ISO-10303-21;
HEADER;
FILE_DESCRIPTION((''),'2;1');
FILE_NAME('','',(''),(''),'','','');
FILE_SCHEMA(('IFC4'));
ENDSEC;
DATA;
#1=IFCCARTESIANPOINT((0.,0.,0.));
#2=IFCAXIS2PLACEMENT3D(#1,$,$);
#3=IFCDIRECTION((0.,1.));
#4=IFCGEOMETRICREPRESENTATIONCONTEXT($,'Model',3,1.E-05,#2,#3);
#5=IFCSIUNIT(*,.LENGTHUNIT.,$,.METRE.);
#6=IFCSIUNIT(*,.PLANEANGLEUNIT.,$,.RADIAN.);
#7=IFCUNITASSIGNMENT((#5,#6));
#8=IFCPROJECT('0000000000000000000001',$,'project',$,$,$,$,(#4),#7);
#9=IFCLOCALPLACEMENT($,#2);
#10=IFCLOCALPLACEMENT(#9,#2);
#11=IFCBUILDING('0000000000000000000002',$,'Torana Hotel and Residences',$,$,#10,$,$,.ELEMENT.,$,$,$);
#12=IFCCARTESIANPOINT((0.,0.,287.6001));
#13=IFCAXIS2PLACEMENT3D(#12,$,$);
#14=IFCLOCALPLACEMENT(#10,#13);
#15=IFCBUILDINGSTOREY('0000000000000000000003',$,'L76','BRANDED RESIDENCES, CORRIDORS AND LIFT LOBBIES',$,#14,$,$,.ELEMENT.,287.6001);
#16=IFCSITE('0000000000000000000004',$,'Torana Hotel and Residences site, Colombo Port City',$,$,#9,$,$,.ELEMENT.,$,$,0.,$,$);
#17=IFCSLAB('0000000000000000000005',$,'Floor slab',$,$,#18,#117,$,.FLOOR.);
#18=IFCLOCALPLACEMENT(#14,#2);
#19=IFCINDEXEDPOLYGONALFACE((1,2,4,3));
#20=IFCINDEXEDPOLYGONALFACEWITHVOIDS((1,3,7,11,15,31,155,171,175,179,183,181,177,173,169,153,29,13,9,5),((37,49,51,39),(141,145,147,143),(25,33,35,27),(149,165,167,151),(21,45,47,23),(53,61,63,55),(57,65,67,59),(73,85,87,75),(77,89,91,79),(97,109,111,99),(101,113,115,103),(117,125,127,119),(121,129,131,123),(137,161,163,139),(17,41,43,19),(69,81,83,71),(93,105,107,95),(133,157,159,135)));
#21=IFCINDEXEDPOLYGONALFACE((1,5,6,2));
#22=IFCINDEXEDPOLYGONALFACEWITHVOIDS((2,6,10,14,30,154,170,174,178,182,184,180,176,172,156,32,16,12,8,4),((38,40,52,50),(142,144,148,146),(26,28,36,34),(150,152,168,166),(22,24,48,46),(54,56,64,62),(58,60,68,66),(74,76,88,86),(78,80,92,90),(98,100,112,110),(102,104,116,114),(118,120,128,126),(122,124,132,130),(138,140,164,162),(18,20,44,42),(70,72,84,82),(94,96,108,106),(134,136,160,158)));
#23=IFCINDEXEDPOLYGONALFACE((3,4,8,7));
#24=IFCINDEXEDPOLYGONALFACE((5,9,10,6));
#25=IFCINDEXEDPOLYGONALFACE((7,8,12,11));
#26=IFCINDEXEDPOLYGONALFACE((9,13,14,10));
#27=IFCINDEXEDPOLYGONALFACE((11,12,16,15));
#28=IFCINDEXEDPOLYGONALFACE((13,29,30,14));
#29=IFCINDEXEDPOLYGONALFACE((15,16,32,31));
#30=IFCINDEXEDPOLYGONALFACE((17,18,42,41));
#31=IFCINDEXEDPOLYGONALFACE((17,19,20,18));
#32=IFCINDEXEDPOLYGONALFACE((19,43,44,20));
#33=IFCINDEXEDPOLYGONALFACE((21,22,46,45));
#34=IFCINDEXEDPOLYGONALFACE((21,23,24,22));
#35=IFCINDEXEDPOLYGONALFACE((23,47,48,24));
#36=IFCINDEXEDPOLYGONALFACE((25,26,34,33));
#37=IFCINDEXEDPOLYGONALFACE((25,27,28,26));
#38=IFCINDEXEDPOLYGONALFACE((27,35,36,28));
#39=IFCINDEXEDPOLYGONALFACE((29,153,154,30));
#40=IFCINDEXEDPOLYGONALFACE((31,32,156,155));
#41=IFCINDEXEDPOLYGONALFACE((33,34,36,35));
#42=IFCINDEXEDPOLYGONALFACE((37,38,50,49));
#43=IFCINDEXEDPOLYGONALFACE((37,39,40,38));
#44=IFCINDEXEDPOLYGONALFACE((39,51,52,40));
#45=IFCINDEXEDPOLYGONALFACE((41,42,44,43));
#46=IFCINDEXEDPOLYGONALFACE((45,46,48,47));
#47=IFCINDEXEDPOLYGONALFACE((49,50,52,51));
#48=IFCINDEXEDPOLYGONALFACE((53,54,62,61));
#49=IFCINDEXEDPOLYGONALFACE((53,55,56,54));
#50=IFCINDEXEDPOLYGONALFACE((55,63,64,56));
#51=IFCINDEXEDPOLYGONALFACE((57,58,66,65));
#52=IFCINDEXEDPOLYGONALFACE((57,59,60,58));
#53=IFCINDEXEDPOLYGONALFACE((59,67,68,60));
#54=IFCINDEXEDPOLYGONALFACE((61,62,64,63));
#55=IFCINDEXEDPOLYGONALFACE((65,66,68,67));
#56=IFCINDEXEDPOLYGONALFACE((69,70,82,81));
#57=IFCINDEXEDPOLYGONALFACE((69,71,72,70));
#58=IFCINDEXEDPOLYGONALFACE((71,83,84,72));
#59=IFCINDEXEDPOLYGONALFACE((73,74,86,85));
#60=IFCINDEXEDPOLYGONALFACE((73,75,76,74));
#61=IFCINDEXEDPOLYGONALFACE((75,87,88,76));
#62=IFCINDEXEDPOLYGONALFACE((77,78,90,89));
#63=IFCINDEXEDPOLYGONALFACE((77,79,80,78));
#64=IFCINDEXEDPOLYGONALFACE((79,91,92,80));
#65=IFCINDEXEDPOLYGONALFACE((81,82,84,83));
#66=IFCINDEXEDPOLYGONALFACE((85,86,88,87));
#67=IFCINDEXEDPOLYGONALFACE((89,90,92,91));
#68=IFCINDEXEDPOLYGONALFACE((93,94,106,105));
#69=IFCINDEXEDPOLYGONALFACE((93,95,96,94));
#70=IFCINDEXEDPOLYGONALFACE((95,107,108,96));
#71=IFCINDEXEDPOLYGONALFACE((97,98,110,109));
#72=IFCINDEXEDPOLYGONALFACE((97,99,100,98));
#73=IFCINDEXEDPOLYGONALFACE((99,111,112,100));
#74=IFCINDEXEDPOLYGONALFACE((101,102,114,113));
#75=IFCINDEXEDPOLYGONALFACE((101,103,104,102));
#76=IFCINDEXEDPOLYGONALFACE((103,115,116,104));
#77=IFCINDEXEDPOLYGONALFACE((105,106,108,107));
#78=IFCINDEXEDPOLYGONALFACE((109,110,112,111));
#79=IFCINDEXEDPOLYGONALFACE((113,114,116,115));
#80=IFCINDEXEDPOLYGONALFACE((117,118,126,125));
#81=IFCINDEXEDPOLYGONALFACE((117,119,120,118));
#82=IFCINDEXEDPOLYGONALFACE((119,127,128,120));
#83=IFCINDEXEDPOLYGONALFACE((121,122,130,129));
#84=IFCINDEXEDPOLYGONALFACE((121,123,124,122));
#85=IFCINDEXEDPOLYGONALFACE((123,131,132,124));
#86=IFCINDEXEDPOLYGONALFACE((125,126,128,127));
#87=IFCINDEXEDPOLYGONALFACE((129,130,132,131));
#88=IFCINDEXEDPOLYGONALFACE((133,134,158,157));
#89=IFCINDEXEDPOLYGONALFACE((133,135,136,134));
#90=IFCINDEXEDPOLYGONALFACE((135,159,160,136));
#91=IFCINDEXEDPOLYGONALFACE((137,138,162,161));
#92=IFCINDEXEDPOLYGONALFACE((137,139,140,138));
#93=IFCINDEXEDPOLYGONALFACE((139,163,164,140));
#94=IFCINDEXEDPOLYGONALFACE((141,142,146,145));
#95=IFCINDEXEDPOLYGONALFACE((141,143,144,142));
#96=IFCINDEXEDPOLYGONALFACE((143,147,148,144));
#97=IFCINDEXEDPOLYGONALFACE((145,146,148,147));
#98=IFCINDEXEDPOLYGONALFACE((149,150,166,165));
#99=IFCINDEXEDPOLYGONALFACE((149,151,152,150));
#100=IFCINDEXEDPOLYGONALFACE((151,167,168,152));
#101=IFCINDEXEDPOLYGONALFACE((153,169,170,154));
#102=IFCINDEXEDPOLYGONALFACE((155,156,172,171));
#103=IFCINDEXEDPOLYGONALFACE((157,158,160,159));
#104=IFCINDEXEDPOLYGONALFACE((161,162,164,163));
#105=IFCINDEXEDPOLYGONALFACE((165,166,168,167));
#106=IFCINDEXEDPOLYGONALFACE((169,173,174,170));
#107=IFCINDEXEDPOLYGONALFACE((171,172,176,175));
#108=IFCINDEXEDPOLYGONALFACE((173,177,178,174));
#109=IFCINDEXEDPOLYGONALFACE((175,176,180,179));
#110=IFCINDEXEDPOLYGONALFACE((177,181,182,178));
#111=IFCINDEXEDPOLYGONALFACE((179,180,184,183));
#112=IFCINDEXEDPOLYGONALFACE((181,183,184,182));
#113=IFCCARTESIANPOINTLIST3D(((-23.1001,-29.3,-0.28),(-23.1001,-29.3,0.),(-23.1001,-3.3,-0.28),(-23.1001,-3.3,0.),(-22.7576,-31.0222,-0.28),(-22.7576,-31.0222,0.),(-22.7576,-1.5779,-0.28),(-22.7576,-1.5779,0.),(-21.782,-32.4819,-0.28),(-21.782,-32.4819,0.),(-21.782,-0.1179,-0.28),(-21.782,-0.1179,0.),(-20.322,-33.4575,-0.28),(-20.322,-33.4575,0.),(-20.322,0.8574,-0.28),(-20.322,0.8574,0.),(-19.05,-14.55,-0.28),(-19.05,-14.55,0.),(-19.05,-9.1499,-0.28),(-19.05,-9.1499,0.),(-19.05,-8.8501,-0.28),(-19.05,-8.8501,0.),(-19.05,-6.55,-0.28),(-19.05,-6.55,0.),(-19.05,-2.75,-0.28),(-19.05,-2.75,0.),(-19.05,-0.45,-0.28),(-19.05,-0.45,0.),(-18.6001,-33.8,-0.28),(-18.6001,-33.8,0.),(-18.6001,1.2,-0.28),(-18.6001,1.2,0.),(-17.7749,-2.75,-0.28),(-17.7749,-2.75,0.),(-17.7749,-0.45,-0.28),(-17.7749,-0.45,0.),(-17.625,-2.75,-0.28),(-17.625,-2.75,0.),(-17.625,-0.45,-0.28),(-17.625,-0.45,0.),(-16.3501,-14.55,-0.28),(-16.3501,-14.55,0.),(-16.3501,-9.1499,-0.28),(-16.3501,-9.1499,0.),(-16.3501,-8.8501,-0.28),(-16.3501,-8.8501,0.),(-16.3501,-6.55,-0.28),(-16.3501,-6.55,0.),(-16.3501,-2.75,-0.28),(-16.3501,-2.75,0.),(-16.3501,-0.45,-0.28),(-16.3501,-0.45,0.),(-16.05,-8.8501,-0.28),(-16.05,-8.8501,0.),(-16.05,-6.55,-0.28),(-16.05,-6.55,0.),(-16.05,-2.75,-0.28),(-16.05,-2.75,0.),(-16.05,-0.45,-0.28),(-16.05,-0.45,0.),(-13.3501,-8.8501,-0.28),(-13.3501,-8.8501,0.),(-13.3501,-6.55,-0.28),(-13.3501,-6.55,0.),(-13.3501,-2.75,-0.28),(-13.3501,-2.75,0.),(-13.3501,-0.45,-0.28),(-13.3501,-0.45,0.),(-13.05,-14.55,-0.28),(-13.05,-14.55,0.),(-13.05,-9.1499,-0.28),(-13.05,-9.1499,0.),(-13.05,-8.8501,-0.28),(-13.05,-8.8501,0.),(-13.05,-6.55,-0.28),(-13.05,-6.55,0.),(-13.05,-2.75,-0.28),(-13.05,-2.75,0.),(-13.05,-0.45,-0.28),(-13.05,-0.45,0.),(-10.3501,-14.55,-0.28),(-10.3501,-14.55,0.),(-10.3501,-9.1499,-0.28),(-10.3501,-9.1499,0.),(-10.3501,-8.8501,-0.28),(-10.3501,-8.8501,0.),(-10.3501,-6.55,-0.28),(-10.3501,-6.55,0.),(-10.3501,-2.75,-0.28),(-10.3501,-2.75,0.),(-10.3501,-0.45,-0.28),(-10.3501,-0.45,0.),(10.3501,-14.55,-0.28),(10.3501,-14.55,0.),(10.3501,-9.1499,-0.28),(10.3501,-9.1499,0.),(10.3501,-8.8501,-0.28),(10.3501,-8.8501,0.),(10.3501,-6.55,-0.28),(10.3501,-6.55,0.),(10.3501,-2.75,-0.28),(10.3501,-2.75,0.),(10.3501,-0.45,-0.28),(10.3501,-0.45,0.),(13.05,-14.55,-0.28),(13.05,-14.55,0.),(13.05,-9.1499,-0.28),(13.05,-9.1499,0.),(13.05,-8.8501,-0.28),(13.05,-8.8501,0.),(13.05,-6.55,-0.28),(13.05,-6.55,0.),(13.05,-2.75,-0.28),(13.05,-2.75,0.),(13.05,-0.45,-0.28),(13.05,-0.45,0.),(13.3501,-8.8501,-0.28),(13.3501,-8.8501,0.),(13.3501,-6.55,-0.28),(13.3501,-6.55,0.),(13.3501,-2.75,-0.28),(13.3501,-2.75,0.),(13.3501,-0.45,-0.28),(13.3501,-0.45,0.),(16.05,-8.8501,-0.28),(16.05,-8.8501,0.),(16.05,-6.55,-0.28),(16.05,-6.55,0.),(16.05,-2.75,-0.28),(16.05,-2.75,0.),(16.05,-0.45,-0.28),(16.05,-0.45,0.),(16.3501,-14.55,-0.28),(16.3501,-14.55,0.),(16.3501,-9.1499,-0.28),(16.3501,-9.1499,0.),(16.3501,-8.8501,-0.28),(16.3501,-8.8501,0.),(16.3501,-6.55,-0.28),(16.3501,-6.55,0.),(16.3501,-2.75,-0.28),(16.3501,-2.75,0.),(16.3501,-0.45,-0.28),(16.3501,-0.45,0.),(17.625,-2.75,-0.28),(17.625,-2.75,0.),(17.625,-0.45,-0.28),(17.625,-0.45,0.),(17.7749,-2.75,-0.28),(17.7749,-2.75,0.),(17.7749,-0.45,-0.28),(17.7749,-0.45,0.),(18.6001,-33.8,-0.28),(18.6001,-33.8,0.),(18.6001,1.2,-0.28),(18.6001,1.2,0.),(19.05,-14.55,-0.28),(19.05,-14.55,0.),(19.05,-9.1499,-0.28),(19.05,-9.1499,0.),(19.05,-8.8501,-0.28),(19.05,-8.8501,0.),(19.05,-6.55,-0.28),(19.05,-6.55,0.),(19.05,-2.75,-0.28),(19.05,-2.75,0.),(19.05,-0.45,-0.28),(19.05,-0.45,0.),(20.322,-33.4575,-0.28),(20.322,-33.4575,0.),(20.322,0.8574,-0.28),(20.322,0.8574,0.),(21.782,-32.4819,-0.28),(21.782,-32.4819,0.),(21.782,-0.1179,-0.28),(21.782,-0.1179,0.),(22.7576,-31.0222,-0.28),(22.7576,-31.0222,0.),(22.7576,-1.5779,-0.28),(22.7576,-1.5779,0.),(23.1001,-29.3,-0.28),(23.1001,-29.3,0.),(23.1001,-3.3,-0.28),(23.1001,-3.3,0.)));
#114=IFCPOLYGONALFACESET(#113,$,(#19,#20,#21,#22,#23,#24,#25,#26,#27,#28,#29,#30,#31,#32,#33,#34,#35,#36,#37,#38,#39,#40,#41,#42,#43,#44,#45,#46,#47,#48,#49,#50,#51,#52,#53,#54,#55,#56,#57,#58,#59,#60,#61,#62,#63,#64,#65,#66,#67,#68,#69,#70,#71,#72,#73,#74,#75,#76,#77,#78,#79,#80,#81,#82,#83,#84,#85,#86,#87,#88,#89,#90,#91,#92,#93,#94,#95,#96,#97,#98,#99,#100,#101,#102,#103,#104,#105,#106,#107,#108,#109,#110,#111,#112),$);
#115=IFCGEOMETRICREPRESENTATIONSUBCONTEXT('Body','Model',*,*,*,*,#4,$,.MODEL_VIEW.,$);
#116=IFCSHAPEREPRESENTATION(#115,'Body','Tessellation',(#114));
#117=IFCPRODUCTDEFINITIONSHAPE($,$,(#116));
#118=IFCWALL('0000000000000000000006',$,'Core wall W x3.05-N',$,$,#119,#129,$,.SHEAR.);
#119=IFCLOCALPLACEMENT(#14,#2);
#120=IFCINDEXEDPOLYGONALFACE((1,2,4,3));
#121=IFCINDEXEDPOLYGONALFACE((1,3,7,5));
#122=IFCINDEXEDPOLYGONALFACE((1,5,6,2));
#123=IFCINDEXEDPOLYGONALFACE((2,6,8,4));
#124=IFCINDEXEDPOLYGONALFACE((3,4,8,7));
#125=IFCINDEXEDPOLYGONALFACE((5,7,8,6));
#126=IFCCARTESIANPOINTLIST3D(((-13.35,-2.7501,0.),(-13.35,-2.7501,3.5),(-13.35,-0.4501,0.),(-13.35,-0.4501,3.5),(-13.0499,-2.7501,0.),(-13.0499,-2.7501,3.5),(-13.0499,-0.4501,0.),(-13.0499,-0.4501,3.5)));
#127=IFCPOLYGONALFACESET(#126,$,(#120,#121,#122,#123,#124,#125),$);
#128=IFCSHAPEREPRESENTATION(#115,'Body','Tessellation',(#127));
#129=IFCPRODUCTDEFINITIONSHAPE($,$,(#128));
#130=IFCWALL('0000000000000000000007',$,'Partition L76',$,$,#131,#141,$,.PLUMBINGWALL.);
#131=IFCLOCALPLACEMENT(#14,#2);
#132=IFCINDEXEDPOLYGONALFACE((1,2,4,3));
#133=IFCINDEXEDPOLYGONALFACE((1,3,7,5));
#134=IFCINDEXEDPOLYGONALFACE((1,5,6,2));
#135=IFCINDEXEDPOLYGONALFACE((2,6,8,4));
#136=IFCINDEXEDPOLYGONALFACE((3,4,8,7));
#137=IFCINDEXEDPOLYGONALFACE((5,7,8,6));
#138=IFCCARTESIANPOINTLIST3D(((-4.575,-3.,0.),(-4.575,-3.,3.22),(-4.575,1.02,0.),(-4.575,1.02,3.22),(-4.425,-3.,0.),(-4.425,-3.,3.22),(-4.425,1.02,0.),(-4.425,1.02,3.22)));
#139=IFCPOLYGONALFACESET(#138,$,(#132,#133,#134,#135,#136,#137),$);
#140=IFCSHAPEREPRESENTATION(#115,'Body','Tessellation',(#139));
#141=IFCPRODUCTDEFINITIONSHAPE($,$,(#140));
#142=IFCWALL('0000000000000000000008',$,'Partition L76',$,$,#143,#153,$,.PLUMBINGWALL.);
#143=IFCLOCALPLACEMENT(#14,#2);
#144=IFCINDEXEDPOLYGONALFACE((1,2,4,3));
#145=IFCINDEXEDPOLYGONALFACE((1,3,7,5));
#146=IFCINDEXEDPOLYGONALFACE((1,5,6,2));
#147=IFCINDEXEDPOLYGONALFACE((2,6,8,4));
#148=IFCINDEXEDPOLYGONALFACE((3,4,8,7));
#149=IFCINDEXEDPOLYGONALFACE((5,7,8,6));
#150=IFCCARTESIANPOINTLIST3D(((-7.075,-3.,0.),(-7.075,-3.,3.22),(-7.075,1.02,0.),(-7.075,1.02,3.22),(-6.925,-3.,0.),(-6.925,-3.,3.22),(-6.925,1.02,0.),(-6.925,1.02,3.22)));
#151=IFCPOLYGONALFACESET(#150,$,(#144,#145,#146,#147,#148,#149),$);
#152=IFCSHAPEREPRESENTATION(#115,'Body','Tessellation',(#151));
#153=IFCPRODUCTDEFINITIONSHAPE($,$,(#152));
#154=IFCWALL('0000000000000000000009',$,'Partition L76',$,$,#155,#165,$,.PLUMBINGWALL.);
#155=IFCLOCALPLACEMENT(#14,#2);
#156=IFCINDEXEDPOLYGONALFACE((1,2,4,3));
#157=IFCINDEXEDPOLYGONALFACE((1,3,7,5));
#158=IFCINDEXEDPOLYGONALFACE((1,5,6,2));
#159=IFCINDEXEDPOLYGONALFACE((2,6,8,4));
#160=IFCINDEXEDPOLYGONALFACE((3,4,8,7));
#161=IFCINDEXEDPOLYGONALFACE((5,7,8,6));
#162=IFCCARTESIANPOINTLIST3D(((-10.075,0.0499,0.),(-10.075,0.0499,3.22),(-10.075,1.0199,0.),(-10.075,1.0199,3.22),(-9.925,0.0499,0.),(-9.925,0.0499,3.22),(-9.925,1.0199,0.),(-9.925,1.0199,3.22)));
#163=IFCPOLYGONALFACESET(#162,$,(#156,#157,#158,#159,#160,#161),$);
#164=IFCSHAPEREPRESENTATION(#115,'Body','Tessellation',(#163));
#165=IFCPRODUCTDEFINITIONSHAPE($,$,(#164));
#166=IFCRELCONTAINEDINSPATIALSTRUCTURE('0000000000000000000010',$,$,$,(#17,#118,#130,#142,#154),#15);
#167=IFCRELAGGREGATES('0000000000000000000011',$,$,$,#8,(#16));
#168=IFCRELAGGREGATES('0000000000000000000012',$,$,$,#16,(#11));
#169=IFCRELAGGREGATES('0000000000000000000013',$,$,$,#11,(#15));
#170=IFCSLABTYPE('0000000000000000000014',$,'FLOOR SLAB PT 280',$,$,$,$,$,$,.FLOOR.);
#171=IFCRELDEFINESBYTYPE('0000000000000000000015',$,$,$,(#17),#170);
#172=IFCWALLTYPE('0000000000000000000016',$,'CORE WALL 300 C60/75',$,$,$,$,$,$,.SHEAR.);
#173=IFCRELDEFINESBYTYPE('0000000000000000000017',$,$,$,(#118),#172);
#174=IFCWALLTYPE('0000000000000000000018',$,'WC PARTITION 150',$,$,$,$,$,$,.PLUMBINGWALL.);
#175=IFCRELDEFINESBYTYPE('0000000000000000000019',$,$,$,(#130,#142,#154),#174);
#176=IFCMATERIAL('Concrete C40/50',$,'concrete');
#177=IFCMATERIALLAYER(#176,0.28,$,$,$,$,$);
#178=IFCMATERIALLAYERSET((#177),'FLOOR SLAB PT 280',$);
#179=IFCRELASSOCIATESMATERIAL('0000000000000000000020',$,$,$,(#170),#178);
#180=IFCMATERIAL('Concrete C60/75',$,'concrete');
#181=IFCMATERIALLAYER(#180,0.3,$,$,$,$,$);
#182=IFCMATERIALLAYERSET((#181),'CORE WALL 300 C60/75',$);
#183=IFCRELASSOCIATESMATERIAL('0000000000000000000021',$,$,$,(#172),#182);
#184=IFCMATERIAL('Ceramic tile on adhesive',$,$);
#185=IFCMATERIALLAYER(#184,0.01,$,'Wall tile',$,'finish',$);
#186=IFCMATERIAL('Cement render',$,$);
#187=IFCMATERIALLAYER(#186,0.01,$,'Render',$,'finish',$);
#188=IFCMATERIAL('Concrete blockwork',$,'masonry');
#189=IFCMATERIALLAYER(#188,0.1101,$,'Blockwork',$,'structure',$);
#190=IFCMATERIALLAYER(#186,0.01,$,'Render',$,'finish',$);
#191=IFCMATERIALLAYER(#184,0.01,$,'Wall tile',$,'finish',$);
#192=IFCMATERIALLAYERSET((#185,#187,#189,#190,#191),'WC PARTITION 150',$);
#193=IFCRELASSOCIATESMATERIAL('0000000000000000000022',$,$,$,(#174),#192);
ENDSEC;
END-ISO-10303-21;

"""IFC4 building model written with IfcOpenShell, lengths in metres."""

from ifc_helpers import new_model, si_unit, direction, frame, frame_2d, origin, place, context, subcontext, project, spatial, polyline, rectangle, outline, extrude, material, layer, layer_set, type_object, element, save


model = new_model("IFC4")

# Units and contexts
model_context = context("Model", 3, precision=1e-05, world=origin(), true_north=direction((0.0, 1.0)))
body_context = subcontext(model_context, "Body", "Model", "MODEL_VIEW")
ifc_project = project(units=[si_unit("LENGTHUNIT", "METRE"), si_unit("PLANEANGLEUNIT", "RADIAN")], contexts=[model_context])

# Site, building, storey
site_placement = place(None, origin())
site = spatial("IfcSite", under=ifc_project, at=site_placement, Name="Torana Hotel and Residences site, Colombo Port City", CompositionType="ELEMENT", RefElevation=0.0)
building_placement = place(site_placement, origin())
building = spatial("IfcBuilding", under=site, at=building_placement, Name="Torana Hotel and Residences", CompositionType="ELEMENT")
storey_placement = place(building_placement, frame((0.0, 0.0, 287.6001)))
storey = spatial("IfcBuildingStorey", under=building, at=storey_placement, Name="L76", Description="BRANDED RESIDENCES, CORRIDORS AND LIFT LOBBIES", CompositionType="ELEMENT", Elevation=287.6001)

# Slab
ifc_material_1 = material(Name="Concrete C40/50", Category="concrete")
ifc_layer_1 = layer(ifc_material_1, 0.28)
ifc_layer_set_1 = layer_set([ifc_layer_1], Name="FLOOR SLAB PT 280")
slab_type_1 = type_object("IfcSlabType", Name="FLOOR SLAB PT 280", PredefinedType="FLOOR", material=ifc_layer_set_1)
slab_1_placement = place(storey_placement, frame((0.0, 0.0, -0.28)))
element("IfcSlab", 1, at=slab_1_placement, inside=storey, type_object=slab_type_1, Name="Floor slab", PredefinedType="FLOOR", context=body_context, shape_type="SweptSolid", body=[
    extrude(outline(polyline([(23.1001, -3.3), (22.7576, -1.5779), (21.782, -0.1179), (20.322, 0.8574), (18.6001, 1.2), (-18.6001, 1.2), (-20.322, 0.8574), (-21.782, -0.1179), (-22.7576, -1.5779), (-23.1001, -3.3), (-23.1001, -29.3), (-22.7576, -31.0222), (-21.782, -32.4819), (-20.322, -33.4575), (-18.6001, -33.8), (18.6001, -33.8), (20.322, -33.4575), (21.782, -32.4819), (22.7576, -31.0222), (23.1001, -29.3), (23.1001, -3.3)]), holes=[polyline([(-13.05, -14.55), (-10.3501, -14.55), (-10.3501, -9.1499), (-13.05, -9.1499), (-13.05, -14.55)]), polyline([(-19.05, -14.55), (-16.3501, -14.55), (-16.3501, -9.1499), (-19.05, -9.1499), (-19.05, -14.55)]), polyline([(-17.625, -2.75), (-16.3501, -2.75), (-16.3501, -0.45), (-17.625, -0.45), (-17.625, -2.75)]), polyline([(-19.05, -2.75), (-17.7749, -2.75), (-17.7749, -0.45), (-19.05, -0.45), (-19.05, -2.75)]), polyline([(-13.05, -2.75), (-10.3501, -2.75), (-10.3501, -0.45), (-13.05, -0.45), (-13.05, -2.75)]), polyline([(-16.05, -2.75), (-13.3501, -2.75), (-13.3501, -0.45), (-16.05, -0.45), (-16.05, -2.75)]), polyline([(-13.05, -8.8501), (-10.3501, -8.8501), (-10.3501, -6.55), (-13.05, -6.55), (-13.05, -8.8501)]), polyline([(-16.05, -8.8501), (-13.3501, -8.8501), (-13.3501, -6.55), (-16.05, -6.55), (-16.05, -8.8501)]), polyline([(-19.05, -8.8501), (-16.3501, -8.8501), (-16.3501, -6.55), (-19.05, -6.55), (-19.05, -8.8501)]), polyline([(10.3501, -14.55), (13.05, -14.55), (13.05, -9.1499), (10.3501, -9.1499), (10.3501, -14.55)]), polyline([(16.3501, -14.55), (19.05, -14.55), (19.05, -9.1499), (16.3501, -9.1499), (16.3501, -14.55)]), polyline([(16.3501, -2.75), (17.625, -2.75), (17.625, -0.45), (16.3501, -0.45), (16.3501, -2.75)]), polyline([(17.7749, -2.75), (19.05, -2.75), (19.05, -0.45), (17.7749, -0.45), (17.7749, -2.75)]), polyline([(10.3501, -2.75), (13.05, -2.75), (13.05, -0.45), (10.3501, -0.45), (10.3501, -2.75)]), polyline([(13.3501, -2.75), (16.05, -2.75), (16.05, -0.45), (13.3501, -0.45), (13.3501, -2.75)]), polyline([(10.3501, -8.8501), (13.05, -8.8501), (13.05, -6.55), (10.3501, -6.55), (10.3501, -8.8501)]), polyline([(13.3501, -8.8501), (16.05, -8.8501), (16.05, -6.55), (13.3501, -6.55), (13.3501, -8.8501)]), polyline([(16.3501, -8.8501), (19.05, -8.8501), (19.05, -6.55), (16.3501, -6.55), (16.3501, -8.8501)])]), origin(), (0.0, 0.0, 1.0), 0.28),
])

# Walls
ifc_material_2 = material(Name="Concrete C60/75", Category="concrete")
ifc_layer_2 = layer(ifc_material_2, 0.3)
ifc_layer_set_2 = layer_set([ifc_layer_2], Name="CORE WALL 300 C60/75")
wall_type_1 = type_object("IfcWallType", Name="CORE WALL 300 C60/75", PredefinedType="SHEAR", material=ifc_layer_set_2)
wall_1_placement = place(storey_placement, frame((-13.2, -2.75, 0.0), z_axis=(0.0, 0.0, 1.0), x_axis=(0.0, 1.0, 0.0)))
element("IfcWall", 2, at=wall_1_placement, inside=storey, type_object=wall_type_1, Name="Core wall W x3.05-N", PredefinedType="SHEAR", context=body_context, shape_type="SweptSolid", body=[
    extrude(rectangle(XDim=2.3, YDim=0.3, at=frame_2d((1.1499, 0.0))), origin(), (0.0, 0.0, 1.0), 3.5),
])
ifc_material_3 = material(Name="Ceramic tile on adhesive")
ifc_layer_3 = layer(ifc_material_3, 0.01, Name="Wall tile", Category="finish")
ifc_material_4 = material(Name="Cement render")
ifc_layer_4 = layer(ifc_material_4, 0.01, Name="Render", Category="finish")
ifc_material_5 = material(Name="Concrete blockwork", Category="masonry")
ifc_layer_5 = layer(ifc_material_5, 0.1101, Name="Blockwork", Category="structure")
ifc_layer_6 = layer(ifc_material_4, 0.01, Name="Render", Category="finish")
ifc_layer_7 = layer(ifc_material_3, 0.01, Name="Wall tile", Category="finish")
ifc_layer_set_3 = layer_set([ifc_layer_3, ifc_layer_4, ifc_layer_5, ifc_layer_6, ifc_layer_7], Name="WC PARTITION 150")
wall_type_2 = type_object("IfcWallType", Name="WC PARTITION 150", PredefinedType="PLUMBINGWALL", material=ifc_layer_set_3)
for number, where, z_axis, x_axis, name in (
    (3, (-4.5, -3.0, 0.0), (0.0, 0.0, 1.0), (0.0, 1.0, 0.0), "Partition L76"),
    (4, (-7.0, -3.0, 0.0), (0.0, 0.0, 1.0), (0.0, 1.0, 0.0), "Partition L76"),
):
    element("IfcWall", number, at=place(storey_placement, frame(where, z_axis=z_axis, x_axis=x_axis)), inside=storey, type_object=wall_type_2, Name=name, PredefinedType="PLUMBINGWALL", context=body_context, shape_type="SweptSolid", body=[
        extrude(rectangle(XDim=4.02, YDim=0.1499, at=frame_2d((2.01, 0.0))), origin(), (0.0, 0.0, 1.0), 3.22),
    ])
wall_2_placement = place(storey_placement, frame((-10.0, 0.05, 0.0), z_axis=(0.0, 0.0, 1.0), x_axis=(0.0, 1.0, 0.0)))
element("IfcWall", 5, at=wall_2_placement, inside=storey, type_object=wall_type_2, Name="Partition L76", PredefinedType="PLUMBINGWALL", context=body_context, shape_type="SweptSolid", body=[
    extrude(rectangle(XDim=0.97, YDim=0.1499, at=frame_2d((0.4849, 0.0))), origin(), (0.0, 0.0, 1.0), 3.22),
])

save(model, "model.ifc")
